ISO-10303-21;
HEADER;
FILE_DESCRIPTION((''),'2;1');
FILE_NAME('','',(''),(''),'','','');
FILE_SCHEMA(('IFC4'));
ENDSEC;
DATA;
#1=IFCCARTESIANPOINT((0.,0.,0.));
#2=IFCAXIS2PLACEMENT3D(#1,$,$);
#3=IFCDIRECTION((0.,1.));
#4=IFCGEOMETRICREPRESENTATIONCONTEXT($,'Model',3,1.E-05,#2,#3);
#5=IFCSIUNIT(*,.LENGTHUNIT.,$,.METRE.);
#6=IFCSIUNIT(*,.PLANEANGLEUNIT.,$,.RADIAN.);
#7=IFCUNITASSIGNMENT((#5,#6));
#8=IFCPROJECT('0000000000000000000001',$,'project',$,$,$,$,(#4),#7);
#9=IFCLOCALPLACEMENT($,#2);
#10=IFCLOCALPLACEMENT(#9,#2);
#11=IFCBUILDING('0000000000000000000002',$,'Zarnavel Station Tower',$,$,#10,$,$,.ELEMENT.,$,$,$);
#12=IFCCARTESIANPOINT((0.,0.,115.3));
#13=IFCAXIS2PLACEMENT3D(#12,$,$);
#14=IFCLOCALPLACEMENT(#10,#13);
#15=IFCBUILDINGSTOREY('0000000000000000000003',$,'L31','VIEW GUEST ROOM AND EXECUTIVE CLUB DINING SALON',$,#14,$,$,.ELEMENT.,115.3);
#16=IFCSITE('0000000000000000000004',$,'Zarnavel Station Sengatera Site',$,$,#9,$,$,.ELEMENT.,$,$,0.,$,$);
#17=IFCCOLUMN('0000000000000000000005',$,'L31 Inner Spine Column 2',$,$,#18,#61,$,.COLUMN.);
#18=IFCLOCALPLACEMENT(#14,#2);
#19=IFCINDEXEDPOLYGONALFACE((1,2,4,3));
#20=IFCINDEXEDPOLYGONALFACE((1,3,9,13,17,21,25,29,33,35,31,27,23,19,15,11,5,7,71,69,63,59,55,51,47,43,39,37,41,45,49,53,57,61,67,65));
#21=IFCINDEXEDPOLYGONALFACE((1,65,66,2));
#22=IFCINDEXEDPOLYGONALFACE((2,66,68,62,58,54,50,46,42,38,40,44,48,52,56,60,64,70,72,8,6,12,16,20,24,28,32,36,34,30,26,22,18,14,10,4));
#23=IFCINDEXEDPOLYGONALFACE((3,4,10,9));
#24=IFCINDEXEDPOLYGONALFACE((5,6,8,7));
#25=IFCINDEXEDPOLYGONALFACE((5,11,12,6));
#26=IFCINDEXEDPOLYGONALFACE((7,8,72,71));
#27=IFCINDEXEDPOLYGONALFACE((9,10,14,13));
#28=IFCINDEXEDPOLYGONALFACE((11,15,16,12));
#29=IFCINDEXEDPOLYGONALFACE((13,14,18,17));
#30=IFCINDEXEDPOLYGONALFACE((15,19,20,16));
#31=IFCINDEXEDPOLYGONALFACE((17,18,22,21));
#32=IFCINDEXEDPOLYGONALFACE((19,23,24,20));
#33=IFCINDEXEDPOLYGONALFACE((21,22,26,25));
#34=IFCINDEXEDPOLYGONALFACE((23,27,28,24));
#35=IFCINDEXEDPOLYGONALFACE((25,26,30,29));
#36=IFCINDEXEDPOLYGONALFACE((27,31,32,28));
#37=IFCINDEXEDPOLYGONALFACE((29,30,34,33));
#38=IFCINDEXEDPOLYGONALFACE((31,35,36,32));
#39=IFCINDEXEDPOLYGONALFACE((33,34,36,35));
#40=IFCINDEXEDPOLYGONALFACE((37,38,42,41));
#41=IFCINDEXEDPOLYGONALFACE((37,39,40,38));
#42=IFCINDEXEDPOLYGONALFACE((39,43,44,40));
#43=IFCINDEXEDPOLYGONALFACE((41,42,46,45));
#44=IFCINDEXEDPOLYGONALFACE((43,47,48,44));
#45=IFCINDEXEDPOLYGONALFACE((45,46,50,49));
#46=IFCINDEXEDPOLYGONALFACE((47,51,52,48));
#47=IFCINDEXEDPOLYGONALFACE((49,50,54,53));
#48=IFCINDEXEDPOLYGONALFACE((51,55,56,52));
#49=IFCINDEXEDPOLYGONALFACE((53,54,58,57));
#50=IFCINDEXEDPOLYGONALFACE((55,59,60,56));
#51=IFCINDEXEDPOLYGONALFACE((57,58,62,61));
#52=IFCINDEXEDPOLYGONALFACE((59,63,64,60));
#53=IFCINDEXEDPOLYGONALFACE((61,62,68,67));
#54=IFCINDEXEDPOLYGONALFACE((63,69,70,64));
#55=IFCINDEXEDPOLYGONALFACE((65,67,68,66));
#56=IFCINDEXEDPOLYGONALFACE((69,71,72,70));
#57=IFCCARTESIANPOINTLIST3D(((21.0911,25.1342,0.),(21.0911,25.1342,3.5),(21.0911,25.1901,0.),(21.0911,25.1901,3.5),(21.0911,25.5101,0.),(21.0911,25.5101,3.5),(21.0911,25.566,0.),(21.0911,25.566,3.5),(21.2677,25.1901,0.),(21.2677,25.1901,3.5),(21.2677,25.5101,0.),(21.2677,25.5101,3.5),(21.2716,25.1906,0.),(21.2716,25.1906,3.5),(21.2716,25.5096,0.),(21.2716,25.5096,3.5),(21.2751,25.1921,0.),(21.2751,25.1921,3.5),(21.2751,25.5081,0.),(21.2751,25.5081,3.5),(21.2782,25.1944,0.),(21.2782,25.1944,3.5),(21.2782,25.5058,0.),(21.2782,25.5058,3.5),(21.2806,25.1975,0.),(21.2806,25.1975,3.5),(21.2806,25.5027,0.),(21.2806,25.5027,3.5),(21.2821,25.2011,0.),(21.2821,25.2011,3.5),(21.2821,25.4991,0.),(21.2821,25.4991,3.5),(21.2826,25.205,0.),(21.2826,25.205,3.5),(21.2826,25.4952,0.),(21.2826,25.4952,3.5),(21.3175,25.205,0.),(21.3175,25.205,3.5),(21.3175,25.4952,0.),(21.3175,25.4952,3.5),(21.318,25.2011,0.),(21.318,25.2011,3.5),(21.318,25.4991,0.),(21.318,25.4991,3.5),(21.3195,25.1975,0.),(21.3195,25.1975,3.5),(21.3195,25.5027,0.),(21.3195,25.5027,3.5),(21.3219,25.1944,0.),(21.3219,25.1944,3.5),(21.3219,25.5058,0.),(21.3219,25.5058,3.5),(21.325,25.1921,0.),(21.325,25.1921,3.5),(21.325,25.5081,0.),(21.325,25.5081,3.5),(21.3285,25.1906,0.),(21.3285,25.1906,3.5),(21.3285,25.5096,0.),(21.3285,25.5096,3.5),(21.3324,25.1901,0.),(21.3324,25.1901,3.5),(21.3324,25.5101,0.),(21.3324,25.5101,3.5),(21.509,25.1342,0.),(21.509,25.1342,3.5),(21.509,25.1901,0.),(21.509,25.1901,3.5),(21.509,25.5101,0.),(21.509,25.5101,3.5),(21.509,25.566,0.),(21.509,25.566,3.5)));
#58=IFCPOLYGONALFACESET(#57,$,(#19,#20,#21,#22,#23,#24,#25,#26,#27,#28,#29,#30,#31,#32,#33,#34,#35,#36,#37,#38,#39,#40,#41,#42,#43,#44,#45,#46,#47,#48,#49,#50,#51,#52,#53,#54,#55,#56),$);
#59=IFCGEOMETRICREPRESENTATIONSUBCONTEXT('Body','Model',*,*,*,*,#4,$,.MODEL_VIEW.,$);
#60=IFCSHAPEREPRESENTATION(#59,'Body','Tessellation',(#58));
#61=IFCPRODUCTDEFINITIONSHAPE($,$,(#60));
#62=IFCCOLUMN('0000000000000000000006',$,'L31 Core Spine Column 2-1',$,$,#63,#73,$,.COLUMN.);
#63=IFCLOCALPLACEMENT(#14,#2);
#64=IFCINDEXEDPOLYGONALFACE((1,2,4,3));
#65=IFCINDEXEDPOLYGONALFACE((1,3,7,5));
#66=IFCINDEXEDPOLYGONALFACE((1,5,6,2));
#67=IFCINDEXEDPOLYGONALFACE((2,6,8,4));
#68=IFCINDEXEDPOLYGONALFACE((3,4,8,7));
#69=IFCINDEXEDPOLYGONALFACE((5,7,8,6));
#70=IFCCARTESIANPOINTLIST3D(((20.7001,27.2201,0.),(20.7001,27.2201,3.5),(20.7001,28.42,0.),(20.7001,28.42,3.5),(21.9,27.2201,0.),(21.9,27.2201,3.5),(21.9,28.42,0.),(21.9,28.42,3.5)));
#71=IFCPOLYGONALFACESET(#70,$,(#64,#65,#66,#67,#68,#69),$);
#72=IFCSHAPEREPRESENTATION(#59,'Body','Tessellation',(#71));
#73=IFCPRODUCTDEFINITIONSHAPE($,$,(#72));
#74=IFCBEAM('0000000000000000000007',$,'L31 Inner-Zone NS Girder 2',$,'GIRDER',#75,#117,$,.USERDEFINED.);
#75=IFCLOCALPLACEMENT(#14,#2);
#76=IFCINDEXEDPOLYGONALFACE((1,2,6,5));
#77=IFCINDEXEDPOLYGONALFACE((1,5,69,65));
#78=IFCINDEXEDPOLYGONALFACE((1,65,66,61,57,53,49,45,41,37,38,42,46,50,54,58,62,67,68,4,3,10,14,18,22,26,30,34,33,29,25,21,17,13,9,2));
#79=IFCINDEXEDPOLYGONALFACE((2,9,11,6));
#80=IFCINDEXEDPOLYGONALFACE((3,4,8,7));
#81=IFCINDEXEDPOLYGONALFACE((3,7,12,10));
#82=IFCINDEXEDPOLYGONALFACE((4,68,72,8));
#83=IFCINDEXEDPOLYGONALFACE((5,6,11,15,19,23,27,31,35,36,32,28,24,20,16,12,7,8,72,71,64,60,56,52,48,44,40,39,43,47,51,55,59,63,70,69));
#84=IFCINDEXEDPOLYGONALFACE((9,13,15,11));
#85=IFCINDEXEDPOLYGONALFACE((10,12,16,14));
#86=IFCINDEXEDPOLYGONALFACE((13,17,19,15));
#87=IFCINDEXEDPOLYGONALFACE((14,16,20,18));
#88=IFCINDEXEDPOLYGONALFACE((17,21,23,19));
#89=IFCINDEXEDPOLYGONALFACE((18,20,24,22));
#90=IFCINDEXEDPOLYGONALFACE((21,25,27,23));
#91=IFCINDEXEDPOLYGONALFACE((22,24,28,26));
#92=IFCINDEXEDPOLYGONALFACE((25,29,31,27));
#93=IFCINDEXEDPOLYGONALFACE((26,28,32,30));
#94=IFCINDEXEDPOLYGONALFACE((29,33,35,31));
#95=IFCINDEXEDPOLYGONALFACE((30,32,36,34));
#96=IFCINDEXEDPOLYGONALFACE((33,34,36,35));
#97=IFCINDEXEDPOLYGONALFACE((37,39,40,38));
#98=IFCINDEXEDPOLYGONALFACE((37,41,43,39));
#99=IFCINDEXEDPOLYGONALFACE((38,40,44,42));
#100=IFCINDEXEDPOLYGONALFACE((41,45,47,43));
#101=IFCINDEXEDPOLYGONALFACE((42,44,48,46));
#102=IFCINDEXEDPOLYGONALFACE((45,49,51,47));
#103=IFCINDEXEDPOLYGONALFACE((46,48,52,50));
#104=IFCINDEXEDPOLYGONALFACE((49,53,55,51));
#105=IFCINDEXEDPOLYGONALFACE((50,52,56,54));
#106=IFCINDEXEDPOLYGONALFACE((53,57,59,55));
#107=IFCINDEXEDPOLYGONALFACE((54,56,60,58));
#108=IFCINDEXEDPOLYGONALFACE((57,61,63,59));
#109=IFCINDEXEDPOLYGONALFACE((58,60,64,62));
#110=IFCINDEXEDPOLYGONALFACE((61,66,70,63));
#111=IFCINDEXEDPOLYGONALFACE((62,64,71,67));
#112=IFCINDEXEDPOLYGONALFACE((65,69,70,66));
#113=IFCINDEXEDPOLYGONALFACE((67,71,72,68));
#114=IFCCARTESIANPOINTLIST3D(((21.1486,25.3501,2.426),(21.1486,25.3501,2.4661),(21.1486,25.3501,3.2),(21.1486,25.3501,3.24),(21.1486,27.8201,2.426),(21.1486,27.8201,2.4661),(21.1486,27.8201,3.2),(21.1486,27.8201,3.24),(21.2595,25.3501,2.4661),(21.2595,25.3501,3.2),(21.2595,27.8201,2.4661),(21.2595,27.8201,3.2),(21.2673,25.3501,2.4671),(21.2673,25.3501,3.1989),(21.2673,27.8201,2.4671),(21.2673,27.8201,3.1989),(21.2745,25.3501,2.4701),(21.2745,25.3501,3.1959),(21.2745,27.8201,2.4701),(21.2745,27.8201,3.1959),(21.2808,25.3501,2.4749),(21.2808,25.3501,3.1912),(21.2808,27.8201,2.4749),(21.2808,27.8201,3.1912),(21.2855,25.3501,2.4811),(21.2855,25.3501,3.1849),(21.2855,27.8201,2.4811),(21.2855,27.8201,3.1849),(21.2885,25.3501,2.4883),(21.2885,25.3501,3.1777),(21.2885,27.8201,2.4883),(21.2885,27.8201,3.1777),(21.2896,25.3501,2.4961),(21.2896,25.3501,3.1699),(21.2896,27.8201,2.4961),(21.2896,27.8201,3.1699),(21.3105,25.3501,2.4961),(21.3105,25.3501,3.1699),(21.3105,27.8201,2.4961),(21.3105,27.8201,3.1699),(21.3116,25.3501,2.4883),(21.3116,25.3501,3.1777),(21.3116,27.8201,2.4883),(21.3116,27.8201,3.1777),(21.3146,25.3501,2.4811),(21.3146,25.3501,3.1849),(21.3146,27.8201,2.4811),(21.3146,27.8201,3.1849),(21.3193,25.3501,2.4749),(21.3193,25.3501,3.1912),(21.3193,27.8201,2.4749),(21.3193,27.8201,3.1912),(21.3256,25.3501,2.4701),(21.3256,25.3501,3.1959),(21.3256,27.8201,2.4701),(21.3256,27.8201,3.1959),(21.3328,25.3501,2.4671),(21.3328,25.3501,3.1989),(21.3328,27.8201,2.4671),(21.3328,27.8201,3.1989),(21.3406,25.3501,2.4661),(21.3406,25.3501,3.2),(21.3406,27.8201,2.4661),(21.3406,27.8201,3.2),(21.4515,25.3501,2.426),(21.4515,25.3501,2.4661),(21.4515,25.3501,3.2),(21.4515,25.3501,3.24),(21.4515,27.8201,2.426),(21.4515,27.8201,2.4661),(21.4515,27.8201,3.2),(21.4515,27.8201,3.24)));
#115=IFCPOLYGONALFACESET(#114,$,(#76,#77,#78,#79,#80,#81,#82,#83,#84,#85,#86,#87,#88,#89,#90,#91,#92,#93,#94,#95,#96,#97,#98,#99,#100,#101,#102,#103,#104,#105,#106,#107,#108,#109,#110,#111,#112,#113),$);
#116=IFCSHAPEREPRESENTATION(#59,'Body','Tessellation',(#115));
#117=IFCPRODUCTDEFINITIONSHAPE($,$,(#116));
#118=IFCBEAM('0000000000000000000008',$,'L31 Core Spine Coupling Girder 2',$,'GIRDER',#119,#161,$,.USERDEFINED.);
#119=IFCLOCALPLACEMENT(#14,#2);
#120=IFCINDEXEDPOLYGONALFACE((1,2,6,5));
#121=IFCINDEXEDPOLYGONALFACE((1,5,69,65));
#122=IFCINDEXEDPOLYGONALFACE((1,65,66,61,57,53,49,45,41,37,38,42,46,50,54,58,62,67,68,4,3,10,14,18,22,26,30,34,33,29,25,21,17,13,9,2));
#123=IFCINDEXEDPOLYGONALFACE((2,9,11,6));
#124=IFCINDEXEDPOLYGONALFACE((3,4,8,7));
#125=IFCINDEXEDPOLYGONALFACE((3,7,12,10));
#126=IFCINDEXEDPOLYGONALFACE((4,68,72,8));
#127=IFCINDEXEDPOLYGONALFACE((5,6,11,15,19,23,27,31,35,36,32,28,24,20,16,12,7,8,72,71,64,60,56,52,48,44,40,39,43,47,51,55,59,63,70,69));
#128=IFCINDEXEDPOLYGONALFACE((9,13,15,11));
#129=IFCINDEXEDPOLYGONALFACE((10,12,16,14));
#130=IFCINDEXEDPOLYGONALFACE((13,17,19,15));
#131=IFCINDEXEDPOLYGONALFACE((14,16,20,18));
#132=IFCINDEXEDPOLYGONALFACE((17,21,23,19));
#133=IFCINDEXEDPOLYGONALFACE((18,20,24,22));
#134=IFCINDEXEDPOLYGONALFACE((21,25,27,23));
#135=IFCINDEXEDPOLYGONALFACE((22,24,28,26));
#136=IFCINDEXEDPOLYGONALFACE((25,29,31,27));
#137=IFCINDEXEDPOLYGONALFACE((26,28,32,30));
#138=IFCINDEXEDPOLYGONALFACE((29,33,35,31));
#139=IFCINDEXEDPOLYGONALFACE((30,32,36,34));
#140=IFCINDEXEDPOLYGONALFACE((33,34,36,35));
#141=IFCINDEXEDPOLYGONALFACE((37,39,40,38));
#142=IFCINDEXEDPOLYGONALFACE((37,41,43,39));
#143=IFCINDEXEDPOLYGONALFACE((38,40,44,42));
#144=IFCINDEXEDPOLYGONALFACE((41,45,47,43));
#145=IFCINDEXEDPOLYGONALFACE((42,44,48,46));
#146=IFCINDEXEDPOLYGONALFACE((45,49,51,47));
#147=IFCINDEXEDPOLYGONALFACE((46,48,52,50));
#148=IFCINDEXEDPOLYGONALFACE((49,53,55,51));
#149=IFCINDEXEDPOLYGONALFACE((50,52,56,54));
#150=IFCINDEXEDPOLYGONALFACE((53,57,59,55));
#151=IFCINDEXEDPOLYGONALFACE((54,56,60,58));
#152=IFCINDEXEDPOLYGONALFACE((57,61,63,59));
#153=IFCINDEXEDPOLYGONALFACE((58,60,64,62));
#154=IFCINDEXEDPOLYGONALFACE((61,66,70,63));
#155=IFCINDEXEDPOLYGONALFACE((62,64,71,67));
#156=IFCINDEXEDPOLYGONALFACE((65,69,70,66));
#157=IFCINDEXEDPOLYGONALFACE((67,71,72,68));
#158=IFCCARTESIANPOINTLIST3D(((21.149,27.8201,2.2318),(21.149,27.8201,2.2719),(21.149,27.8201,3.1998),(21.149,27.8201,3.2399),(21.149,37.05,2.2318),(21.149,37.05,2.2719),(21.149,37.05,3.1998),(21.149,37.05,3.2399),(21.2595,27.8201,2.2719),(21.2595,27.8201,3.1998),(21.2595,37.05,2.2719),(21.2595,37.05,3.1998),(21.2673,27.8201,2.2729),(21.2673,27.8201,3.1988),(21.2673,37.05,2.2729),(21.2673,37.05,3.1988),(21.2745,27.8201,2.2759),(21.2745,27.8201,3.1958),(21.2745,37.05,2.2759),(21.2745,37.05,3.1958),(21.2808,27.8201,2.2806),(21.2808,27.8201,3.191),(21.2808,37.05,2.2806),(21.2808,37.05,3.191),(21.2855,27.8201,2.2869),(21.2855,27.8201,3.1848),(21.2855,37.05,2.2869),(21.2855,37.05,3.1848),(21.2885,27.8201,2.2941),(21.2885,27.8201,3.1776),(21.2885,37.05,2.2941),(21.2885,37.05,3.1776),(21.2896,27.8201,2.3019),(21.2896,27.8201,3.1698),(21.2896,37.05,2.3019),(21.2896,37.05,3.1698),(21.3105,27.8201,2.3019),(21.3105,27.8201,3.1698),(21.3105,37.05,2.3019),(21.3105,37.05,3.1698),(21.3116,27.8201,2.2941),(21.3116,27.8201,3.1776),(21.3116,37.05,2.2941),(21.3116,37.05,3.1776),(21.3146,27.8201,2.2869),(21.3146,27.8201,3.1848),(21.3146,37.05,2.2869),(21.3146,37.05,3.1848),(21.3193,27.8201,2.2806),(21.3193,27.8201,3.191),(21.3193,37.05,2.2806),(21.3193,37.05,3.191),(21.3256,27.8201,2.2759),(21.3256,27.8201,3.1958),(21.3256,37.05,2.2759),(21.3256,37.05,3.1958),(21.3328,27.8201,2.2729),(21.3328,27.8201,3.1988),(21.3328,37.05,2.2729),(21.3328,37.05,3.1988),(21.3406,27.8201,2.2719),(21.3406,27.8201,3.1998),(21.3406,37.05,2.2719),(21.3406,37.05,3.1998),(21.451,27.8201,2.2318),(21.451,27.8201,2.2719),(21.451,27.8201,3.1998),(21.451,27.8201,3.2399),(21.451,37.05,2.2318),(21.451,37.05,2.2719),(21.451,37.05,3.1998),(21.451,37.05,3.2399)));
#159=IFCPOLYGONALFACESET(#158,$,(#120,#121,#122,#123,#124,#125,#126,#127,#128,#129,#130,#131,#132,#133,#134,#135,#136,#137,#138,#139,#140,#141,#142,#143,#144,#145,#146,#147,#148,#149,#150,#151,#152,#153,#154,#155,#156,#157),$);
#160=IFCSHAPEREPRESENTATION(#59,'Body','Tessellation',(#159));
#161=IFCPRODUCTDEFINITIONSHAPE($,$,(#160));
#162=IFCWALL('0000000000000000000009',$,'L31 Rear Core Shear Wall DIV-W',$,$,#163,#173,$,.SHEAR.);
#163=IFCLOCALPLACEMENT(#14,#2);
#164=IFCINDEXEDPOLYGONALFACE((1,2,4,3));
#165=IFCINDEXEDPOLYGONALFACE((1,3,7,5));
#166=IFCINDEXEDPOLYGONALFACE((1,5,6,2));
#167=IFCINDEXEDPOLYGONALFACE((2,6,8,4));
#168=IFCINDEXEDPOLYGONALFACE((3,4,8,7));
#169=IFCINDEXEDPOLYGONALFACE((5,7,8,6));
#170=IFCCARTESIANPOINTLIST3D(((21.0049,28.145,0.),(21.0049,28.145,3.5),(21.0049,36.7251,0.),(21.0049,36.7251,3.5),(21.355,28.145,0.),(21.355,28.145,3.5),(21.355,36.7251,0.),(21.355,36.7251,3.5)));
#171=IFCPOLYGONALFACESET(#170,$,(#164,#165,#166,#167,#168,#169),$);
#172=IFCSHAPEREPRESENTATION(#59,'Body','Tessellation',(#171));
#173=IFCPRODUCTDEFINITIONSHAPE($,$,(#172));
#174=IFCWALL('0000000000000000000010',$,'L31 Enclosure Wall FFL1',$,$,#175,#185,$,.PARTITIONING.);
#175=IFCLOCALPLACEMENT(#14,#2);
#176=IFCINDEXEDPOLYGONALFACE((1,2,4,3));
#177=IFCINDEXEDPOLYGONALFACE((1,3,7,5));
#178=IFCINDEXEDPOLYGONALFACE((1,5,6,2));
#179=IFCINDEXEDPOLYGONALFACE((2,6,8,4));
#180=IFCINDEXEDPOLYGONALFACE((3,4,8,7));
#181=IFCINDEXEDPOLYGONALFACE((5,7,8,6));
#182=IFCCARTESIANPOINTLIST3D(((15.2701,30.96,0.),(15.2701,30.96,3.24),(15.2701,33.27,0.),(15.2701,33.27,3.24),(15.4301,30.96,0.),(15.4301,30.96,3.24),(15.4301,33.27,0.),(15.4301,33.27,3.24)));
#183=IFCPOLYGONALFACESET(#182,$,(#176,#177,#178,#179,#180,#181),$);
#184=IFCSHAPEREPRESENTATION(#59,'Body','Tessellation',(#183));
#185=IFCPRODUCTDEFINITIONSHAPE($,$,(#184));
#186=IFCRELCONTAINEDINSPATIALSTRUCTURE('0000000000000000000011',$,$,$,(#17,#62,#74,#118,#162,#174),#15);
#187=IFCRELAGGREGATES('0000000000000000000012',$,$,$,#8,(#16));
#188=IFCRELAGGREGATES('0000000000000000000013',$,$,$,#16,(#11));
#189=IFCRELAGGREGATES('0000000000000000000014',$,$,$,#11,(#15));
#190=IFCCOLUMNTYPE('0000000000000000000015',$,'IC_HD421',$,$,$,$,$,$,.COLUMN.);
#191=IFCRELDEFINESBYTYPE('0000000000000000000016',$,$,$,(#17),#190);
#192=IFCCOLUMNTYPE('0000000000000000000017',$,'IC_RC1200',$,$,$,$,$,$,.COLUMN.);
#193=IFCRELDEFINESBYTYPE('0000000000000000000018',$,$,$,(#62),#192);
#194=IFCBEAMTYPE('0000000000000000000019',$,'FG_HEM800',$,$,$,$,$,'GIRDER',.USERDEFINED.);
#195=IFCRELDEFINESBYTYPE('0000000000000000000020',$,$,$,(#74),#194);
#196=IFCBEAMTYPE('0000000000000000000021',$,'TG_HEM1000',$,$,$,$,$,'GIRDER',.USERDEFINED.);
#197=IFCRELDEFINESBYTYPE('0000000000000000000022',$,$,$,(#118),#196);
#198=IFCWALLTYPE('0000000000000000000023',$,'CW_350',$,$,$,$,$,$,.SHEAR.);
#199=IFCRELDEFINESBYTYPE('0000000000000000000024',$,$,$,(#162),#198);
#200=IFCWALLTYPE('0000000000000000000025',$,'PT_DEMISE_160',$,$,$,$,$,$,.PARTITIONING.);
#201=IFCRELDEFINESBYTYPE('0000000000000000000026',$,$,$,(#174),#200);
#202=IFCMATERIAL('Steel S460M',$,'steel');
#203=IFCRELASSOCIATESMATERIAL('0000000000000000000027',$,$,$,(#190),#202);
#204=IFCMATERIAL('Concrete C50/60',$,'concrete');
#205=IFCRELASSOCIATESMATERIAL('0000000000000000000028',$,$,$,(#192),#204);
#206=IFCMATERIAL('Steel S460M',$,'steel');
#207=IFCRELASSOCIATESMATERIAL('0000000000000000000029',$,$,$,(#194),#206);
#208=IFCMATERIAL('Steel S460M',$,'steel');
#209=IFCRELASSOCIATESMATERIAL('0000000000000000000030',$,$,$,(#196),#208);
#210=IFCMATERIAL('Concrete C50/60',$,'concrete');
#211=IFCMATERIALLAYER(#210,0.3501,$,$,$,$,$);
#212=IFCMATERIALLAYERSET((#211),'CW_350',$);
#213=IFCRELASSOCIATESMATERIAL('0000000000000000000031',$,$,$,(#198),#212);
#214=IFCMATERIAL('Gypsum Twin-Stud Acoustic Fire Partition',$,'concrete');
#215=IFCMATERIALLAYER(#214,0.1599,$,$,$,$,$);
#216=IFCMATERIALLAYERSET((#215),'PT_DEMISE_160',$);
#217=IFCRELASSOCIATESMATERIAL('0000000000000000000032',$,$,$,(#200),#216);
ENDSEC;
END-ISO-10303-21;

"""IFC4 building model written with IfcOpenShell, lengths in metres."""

from ifc_helpers import new_model, si_unit, direction, frame, frame_2d, origin, origin_2d, place, context, subcontext, project, spatial, rectangle, i_section, extrude, material, layer, layer_set, material_profile, profile_set, type_object, element, save


model = new_model("IFC4")

# Units and contexts
model_context = context("Model", 3, precision=1e-05, world=origin(), true_north=direction((0.0, 1.0)))
body_context = subcontext(model_context, "Body", "Model", "MODEL_VIEW")
ifc_project = project(units=[si_unit("LENGTHUNIT", "METRE"), si_unit("PLANEANGLEUNIT", "RADIAN")], contexts=[model_context])

# Site, building, storey
site_placement = place(None, origin())
site = spatial("IfcSite", under=ifc_project, at=site_placement, Name="Zarnavel Station Sengatera Site", CompositionType="ELEMENT", RefElevation=0.0)
building_placement = place(site_placement, origin())
building = spatial("IfcBuilding", under=site, at=building_placement, Name="Zarnavel Station Tower", CompositionType="ELEMENT")
storey_placement = place(building_placement, frame((0.0, 0.0, 115.3)))
storey = spatial("IfcBuildingStorey", under=building, at=storey_placement, Name="L31", Description="VIEW GUEST ROOM AND EXECUTIVE CLUB DINING SALON", CompositionType="ELEMENT", Elevation=115.3)

# Columns
ifc_material_1 = material(Name="Steel S460M", Category="steel")
ifc_material_profile_1 = material_profile(ifc_material_1, i_section(OverallWidth=0.418, OverallDepth=0.4319, WebThickness=0.0349, FlangeThickness=0.0559, FilletRadius=0.0149, at=origin_2d()), Name="HD400x421")
ifc_profile_set_1 = profile_set([ifc_material_profile_1], Name="Steel S460M")
column_type_1 = type_object("IfcColumnType", Name="IC_HD421", PredefinedType="COLUMN", material=ifc_profile_set_1)
column_1_placement = place(storey_placement, frame((21.3, 25.3501, 0.0), z_axis=(0.0, 0.0, 1.0), x_axis=(1.0, 0.0, 0.0)))
element("IfcColumn", 1, at=column_1_placement, inside=storey, type_object=column_type_1, Name="L31 Inner Spine Column 2", PredefinedType="COLUMN", context=body_context, shape_type="SweptSolid", body=[
    extrude(i_section(OverallWidth=0.418, OverallDepth=0.4319, WebThickness=0.0349, FlangeThickness=0.0559, FilletRadius=0.0149, at=origin_2d()), origin(), (0.0, 0.0, 1.0), 3.5),
])
ifc_material_2 = material(Name="Concrete C50/60", Category="concrete")
ifc_material_profile_2 = material_profile(ifc_material_2, rectangle(XDim=1.2, YDim=1.2, at=origin_2d()), Name="RC1200x1200")
ifc_profile_set_2 = profile_set([ifc_material_profile_2], Name="Concrete C50/60")
column_type_2 = type_object("IfcColumnType", Name="IC_RC1200", PredefinedType="COLUMN", material=ifc_profile_set_2)
column_2_placement = place(storey_placement, frame((21.3, 27.8201, 0.0), z_axis=(0.0, 0.0, 1.0), x_axis=(1.0, 0.0, 0.0)))
element("IfcColumn", 2, at=column_2_placement, inside=storey, type_object=column_type_2, Name="L31 Core Spine Column 2-1", PredefinedType="COLUMN", context=body_context, shape_type="SweptSolid", body=[
    extrude(rectangle(XDim=1.2, YDim=1.2, at=origin_2d()), origin(), (0.0, 0.0, 1.0), 3.5),
])

# Beams
ifc_material_3 = material(Name="Steel S460M", Category="steel")
ifc_material_profile_3 = material_profile(ifc_material_3, i_section(OverallWidth=0.303, OverallDepth=0.814, WebThickness=0.021, FlangeThickness=0.04, FilletRadius=0.03, at=origin_2d()), Name="HEM800")
ifc_profile_set_3 = profile_set([ifc_material_profile_3], Name="Steel S460M")
beam_type_1 = type_object("IfcBeamType", Name="FG_HEM800", ElementType="GIRDER", PredefinedType="USERDEFINED", material=ifc_profile_set_3)
beam_1_placement = place(storey_placement, frame((21.3, 25.3501, 2.833), z_axis=(0.0, 1.0, 0.0), x_axis=(-1.0, 0.0, 0.0)))
element("IfcBeam", 3, at=beam_1_placement, inside=storey, type_object=beam_type_1, Name="L31 Inner-Zone NS Girder 2", ObjectType="GIRDER", PredefinedType="USERDEFINED", context=body_context, shape_type="SweptSolid", body=[
    extrude(i_section(OverallWidth=0.303, OverallDepth=0.814, WebThickness=0.021, FlangeThickness=0.04, FilletRadius=0.03, at=origin_2d()), origin(), (0.0, 0.0, 1.0), 2.47),
])
ifc_material_4 = material(Name="Steel S460M", Category="steel")
ifc_material_profile_4 = material_profile(ifc_material_4, i_section(OverallWidth=0.302, OverallDepth=1.0081, WebThickness=0.021, FlangeThickness=0.04, FilletRadius=0.03, at=origin_2d()), Name="HEM1000")
ifc_profile_set_4 = profile_set([ifc_material_profile_4], Name="Steel S460M")
beam_type_2 = type_object("IfcBeamType", Name="TG_HEM1000", ElementType="GIRDER", PredefinedType="USERDEFINED", material=ifc_profile_set_4)
beam_2_placement = place(storey_placement, frame((21.3, 27.8201, 2.7358), z_axis=(0.0, 1.0, 0.0), x_axis=(-1.0, 0.0, 0.0)))
element("IfcBeam", 4, at=beam_2_placement, inside=storey, type_object=beam_type_2, Name="L31 Core Spine Coupling Girder 2", ObjectType="GIRDER", PredefinedType="USERDEFINED", context=body_context, shape_type="SweptSolid", body=[
    extrude(i_section(OverallWidth=0.302, OverallDepth=1.0081, WebThickness=0.021, FlangeThickness=0.04, FilletRadius=0.03, at=origin_2d()), origin(), (0.0, 0.0, 1.0), 9.23),
])

# Wall
ifc_material_5 = material(Name="Concrete C50/60", Category="concrete")
ifc_layer_1 = layer(ifc_material_5, 0.3501)
ifc_layer_set_1 = layer_set([ifc_layer_1], Name="CW_350")
wall_type_1 = type_object("IfcWallType", Name="CW_350", PredefinedType="SHEAR", material=ifc_layer_set_1)
wall_1_placement = place(storey_placement, frame((21.1799, 28.145, 0.0), z_axis=(0.0, 0.0, 1.0), x_axis=(0.0, 1.0, 0.0)))
element("IfcWall", 5, at=wall_1_placement, inside=storey, type_object=wall_type_1, Name="L31 Rear Core Shear Wall DIV-W", PredefinedType="SHEAR", context=body_context, shape_type="SweptSolid", body=[
    extrude(rectangle(XDim=8.5801, YDim=0.3501, at=frame_2d((4.29, 0.0))), origin(), (0.0, 0.0, 1.0), 3.5),
])

# Wall
ifc_material_6 = material(Name="Gypsum Twin-Stud Acoustic Fire Partition", Category="concrete")
ifc_layer_2 = layer(ifc_material_6, 0.1599)
ifc_layer_set_2 = layer_set([ifc_layer_2], Name="PT_DEMISE_160")
wall_type_2 = type_object("IfcWallType", Name="PT_DEMISE_160", PredefinedType="PARTITIONING", material=ifc_layer_set_2)
wall_2_placement = place(storey_placement, frame((15.3501, 30.96, 0.0), z_axis=(0.0, 0.0, 1.0), x_axis=(0.0, 1.0, 0.0)))
element("IfcWall", 6, at=wall_2_placement, inside=storey, type_object=wall_type_2, Name="L31 Enclosure Wall FFL1", PredefinedType="PARTITIONING", context=body_context, shape_type="SweptSolid", body=[
    extrude(rectangle(XDim=2.3101, YDim=0.1599, at=frame_2d((1.155, 0.0))), origin(), (0.0, 0.0, 1.0), 3.24),
])

save(model, "model.ifc")
